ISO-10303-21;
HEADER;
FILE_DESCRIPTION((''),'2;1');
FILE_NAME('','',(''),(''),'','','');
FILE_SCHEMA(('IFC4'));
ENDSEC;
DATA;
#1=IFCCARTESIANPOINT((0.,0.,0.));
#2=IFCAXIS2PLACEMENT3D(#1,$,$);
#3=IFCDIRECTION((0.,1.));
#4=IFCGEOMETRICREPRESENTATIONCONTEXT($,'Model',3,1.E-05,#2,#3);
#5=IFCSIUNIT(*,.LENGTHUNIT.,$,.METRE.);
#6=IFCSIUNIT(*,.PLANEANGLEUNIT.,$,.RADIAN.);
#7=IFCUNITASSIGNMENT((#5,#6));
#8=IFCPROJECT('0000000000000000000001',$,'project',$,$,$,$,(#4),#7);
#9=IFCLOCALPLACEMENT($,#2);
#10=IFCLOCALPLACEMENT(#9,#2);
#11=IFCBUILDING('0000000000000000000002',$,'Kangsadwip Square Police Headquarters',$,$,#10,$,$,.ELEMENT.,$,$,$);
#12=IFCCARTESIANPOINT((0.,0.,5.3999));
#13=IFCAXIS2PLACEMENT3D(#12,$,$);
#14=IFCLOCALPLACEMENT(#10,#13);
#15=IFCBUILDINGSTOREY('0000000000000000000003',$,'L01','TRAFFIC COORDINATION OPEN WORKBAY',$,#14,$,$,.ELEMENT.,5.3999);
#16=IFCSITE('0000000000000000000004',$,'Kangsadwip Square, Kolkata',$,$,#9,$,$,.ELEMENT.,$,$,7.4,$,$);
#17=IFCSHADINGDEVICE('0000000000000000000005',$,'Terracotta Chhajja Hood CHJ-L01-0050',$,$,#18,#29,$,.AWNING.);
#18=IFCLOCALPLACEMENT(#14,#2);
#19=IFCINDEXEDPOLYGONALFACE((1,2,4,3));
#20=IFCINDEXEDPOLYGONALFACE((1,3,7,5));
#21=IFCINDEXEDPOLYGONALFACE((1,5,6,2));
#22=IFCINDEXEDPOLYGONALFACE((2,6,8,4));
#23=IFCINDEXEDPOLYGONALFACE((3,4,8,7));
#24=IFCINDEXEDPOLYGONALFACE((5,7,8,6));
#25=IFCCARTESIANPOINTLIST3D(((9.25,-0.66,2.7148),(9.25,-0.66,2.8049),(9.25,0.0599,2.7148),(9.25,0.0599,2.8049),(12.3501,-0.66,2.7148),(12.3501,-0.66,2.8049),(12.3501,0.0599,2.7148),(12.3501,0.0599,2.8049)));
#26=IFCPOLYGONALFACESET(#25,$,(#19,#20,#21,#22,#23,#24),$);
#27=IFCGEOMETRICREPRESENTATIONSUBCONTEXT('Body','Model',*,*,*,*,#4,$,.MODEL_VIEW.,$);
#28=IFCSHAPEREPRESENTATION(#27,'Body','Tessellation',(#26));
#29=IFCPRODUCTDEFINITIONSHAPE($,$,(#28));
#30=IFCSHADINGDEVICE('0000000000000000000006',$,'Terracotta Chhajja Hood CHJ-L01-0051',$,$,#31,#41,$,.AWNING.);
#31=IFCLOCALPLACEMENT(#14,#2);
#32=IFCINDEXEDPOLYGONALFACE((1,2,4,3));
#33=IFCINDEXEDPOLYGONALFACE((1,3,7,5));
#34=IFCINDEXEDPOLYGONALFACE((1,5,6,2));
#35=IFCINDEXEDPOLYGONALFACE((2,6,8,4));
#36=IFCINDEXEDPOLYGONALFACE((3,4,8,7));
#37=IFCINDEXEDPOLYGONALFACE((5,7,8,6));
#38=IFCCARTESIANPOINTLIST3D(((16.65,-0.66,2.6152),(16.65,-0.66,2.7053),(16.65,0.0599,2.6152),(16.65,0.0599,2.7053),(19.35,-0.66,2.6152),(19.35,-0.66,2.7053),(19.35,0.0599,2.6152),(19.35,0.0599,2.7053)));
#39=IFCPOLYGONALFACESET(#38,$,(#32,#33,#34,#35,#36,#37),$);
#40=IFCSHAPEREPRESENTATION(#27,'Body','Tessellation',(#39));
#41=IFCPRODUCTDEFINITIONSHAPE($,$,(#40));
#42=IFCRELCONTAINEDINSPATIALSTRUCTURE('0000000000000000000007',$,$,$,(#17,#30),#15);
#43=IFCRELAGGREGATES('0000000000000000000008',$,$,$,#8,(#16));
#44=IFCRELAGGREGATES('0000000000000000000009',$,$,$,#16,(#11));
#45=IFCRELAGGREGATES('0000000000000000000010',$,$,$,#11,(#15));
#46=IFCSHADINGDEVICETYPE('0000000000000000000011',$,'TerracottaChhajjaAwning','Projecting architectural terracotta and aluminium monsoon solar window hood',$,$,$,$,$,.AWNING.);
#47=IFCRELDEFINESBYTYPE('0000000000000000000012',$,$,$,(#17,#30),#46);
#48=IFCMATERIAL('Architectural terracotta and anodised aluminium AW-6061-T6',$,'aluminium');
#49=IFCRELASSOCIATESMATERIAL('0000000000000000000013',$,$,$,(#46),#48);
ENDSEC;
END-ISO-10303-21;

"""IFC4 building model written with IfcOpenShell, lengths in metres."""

from ifc_helpers import new_model, si_unit, direction, frame, origin, origin_2d, place, context, subcontext, project, spatial, rectangle, extrude, material, type_object, element, save


model = new_model("IFC4")

# Units and contexts
model_context = context("Model", 3, precision=1e-05, world=origin(), true_north=direction((0.0, 1.0)))
body_context = subcontext(model_context, "Body", "Model", "MODEL_VIEW")
ifc_project = project(units=[si_unit("LENGTHUNIT", "METRE"), si_unit("PLANEANGLEUNIT", "RADIAN")], contexts=[model_context])

# Site, building, storey
site_placement = place(None, origin())
site = spatial("IfcSite", under=ifc_project, at=site_placement, Name="Kangsadwip Square, Kolkata", CompositionType="ELEMENT", RefElevation=7.4)
building_placement = place(site_placement, origin())
building = spatial("IfcBuilding", under=site, at=building_placement, Name="Kangsadwip Square Police Headquarters", CompositionType="ELEMENT")
storey_placement = place(building_placement, frame((0.0, 0.0, 5.3999)))
storey = spatial("IfcBuildingStorey", under=building, at=storey_placement, Name="L01", Description="TRAFFIC COORDINATION OPEN WORKBAY", CompositionType="ELEMENT", Elevation=5.3999)

# Shading devices
ifc_material_1 = material(Name="Architectural terracotta and anodised aluminium AW-6061-T6", Category="aluminium")
shading_device_type = type_object("IfcShadingDeviceType", Name="TerracottaChhajjaAwning", Description="Projecting architectural terracotta and aluminium monsoon solar window hood", PredefinedType="AWNING", material=ifc_material_1)
shading_device_1_placement = place(storey_placement, frame((10.8, -0.3, 2.7148), z_axis=(0.0, 0.0, 1.0), x_axis=(1.0, 0.0, 0.0)))
element("IfcShadingDevice", 1, at=shading_device_1_placement, inside=storey, type_object=shading_device_type, Name="Terracotta Chhajja Hood CHJ-L01-0050", PredefinedType="AWNING", context=body_context, shape_type="SweptSolid", body=[
    extrude(rectangle(XDim=3.1001, YDim=0.72, at=origin_2d()), origin(), (0.0, 0.0, 1.0), 0.0901),
])
shading_device_2_placement = place(storey_placement, frame((18.0, -0.3, 2.6152), z_axis=(0.0, 0.0, 1.0), x_axis=(1.0, 0.0, 0.0)))
element("IfcShadingDevice", 2, at=shading_device_2_placement, inside=storey, type_object=shading_device_type, Name="Terracotta Chhajja Hood CHJ-L01-0051", PredefinedType="AWNING", context=body_context, shape_type="SweptSolid", body=[
    extrude(rectangle(XDim=2.7, YDim=0.72, at=origin_2d()), origin(), (0.0, 0.0, 1.0), 0.0901),
])

save(model, "model.ifc")
